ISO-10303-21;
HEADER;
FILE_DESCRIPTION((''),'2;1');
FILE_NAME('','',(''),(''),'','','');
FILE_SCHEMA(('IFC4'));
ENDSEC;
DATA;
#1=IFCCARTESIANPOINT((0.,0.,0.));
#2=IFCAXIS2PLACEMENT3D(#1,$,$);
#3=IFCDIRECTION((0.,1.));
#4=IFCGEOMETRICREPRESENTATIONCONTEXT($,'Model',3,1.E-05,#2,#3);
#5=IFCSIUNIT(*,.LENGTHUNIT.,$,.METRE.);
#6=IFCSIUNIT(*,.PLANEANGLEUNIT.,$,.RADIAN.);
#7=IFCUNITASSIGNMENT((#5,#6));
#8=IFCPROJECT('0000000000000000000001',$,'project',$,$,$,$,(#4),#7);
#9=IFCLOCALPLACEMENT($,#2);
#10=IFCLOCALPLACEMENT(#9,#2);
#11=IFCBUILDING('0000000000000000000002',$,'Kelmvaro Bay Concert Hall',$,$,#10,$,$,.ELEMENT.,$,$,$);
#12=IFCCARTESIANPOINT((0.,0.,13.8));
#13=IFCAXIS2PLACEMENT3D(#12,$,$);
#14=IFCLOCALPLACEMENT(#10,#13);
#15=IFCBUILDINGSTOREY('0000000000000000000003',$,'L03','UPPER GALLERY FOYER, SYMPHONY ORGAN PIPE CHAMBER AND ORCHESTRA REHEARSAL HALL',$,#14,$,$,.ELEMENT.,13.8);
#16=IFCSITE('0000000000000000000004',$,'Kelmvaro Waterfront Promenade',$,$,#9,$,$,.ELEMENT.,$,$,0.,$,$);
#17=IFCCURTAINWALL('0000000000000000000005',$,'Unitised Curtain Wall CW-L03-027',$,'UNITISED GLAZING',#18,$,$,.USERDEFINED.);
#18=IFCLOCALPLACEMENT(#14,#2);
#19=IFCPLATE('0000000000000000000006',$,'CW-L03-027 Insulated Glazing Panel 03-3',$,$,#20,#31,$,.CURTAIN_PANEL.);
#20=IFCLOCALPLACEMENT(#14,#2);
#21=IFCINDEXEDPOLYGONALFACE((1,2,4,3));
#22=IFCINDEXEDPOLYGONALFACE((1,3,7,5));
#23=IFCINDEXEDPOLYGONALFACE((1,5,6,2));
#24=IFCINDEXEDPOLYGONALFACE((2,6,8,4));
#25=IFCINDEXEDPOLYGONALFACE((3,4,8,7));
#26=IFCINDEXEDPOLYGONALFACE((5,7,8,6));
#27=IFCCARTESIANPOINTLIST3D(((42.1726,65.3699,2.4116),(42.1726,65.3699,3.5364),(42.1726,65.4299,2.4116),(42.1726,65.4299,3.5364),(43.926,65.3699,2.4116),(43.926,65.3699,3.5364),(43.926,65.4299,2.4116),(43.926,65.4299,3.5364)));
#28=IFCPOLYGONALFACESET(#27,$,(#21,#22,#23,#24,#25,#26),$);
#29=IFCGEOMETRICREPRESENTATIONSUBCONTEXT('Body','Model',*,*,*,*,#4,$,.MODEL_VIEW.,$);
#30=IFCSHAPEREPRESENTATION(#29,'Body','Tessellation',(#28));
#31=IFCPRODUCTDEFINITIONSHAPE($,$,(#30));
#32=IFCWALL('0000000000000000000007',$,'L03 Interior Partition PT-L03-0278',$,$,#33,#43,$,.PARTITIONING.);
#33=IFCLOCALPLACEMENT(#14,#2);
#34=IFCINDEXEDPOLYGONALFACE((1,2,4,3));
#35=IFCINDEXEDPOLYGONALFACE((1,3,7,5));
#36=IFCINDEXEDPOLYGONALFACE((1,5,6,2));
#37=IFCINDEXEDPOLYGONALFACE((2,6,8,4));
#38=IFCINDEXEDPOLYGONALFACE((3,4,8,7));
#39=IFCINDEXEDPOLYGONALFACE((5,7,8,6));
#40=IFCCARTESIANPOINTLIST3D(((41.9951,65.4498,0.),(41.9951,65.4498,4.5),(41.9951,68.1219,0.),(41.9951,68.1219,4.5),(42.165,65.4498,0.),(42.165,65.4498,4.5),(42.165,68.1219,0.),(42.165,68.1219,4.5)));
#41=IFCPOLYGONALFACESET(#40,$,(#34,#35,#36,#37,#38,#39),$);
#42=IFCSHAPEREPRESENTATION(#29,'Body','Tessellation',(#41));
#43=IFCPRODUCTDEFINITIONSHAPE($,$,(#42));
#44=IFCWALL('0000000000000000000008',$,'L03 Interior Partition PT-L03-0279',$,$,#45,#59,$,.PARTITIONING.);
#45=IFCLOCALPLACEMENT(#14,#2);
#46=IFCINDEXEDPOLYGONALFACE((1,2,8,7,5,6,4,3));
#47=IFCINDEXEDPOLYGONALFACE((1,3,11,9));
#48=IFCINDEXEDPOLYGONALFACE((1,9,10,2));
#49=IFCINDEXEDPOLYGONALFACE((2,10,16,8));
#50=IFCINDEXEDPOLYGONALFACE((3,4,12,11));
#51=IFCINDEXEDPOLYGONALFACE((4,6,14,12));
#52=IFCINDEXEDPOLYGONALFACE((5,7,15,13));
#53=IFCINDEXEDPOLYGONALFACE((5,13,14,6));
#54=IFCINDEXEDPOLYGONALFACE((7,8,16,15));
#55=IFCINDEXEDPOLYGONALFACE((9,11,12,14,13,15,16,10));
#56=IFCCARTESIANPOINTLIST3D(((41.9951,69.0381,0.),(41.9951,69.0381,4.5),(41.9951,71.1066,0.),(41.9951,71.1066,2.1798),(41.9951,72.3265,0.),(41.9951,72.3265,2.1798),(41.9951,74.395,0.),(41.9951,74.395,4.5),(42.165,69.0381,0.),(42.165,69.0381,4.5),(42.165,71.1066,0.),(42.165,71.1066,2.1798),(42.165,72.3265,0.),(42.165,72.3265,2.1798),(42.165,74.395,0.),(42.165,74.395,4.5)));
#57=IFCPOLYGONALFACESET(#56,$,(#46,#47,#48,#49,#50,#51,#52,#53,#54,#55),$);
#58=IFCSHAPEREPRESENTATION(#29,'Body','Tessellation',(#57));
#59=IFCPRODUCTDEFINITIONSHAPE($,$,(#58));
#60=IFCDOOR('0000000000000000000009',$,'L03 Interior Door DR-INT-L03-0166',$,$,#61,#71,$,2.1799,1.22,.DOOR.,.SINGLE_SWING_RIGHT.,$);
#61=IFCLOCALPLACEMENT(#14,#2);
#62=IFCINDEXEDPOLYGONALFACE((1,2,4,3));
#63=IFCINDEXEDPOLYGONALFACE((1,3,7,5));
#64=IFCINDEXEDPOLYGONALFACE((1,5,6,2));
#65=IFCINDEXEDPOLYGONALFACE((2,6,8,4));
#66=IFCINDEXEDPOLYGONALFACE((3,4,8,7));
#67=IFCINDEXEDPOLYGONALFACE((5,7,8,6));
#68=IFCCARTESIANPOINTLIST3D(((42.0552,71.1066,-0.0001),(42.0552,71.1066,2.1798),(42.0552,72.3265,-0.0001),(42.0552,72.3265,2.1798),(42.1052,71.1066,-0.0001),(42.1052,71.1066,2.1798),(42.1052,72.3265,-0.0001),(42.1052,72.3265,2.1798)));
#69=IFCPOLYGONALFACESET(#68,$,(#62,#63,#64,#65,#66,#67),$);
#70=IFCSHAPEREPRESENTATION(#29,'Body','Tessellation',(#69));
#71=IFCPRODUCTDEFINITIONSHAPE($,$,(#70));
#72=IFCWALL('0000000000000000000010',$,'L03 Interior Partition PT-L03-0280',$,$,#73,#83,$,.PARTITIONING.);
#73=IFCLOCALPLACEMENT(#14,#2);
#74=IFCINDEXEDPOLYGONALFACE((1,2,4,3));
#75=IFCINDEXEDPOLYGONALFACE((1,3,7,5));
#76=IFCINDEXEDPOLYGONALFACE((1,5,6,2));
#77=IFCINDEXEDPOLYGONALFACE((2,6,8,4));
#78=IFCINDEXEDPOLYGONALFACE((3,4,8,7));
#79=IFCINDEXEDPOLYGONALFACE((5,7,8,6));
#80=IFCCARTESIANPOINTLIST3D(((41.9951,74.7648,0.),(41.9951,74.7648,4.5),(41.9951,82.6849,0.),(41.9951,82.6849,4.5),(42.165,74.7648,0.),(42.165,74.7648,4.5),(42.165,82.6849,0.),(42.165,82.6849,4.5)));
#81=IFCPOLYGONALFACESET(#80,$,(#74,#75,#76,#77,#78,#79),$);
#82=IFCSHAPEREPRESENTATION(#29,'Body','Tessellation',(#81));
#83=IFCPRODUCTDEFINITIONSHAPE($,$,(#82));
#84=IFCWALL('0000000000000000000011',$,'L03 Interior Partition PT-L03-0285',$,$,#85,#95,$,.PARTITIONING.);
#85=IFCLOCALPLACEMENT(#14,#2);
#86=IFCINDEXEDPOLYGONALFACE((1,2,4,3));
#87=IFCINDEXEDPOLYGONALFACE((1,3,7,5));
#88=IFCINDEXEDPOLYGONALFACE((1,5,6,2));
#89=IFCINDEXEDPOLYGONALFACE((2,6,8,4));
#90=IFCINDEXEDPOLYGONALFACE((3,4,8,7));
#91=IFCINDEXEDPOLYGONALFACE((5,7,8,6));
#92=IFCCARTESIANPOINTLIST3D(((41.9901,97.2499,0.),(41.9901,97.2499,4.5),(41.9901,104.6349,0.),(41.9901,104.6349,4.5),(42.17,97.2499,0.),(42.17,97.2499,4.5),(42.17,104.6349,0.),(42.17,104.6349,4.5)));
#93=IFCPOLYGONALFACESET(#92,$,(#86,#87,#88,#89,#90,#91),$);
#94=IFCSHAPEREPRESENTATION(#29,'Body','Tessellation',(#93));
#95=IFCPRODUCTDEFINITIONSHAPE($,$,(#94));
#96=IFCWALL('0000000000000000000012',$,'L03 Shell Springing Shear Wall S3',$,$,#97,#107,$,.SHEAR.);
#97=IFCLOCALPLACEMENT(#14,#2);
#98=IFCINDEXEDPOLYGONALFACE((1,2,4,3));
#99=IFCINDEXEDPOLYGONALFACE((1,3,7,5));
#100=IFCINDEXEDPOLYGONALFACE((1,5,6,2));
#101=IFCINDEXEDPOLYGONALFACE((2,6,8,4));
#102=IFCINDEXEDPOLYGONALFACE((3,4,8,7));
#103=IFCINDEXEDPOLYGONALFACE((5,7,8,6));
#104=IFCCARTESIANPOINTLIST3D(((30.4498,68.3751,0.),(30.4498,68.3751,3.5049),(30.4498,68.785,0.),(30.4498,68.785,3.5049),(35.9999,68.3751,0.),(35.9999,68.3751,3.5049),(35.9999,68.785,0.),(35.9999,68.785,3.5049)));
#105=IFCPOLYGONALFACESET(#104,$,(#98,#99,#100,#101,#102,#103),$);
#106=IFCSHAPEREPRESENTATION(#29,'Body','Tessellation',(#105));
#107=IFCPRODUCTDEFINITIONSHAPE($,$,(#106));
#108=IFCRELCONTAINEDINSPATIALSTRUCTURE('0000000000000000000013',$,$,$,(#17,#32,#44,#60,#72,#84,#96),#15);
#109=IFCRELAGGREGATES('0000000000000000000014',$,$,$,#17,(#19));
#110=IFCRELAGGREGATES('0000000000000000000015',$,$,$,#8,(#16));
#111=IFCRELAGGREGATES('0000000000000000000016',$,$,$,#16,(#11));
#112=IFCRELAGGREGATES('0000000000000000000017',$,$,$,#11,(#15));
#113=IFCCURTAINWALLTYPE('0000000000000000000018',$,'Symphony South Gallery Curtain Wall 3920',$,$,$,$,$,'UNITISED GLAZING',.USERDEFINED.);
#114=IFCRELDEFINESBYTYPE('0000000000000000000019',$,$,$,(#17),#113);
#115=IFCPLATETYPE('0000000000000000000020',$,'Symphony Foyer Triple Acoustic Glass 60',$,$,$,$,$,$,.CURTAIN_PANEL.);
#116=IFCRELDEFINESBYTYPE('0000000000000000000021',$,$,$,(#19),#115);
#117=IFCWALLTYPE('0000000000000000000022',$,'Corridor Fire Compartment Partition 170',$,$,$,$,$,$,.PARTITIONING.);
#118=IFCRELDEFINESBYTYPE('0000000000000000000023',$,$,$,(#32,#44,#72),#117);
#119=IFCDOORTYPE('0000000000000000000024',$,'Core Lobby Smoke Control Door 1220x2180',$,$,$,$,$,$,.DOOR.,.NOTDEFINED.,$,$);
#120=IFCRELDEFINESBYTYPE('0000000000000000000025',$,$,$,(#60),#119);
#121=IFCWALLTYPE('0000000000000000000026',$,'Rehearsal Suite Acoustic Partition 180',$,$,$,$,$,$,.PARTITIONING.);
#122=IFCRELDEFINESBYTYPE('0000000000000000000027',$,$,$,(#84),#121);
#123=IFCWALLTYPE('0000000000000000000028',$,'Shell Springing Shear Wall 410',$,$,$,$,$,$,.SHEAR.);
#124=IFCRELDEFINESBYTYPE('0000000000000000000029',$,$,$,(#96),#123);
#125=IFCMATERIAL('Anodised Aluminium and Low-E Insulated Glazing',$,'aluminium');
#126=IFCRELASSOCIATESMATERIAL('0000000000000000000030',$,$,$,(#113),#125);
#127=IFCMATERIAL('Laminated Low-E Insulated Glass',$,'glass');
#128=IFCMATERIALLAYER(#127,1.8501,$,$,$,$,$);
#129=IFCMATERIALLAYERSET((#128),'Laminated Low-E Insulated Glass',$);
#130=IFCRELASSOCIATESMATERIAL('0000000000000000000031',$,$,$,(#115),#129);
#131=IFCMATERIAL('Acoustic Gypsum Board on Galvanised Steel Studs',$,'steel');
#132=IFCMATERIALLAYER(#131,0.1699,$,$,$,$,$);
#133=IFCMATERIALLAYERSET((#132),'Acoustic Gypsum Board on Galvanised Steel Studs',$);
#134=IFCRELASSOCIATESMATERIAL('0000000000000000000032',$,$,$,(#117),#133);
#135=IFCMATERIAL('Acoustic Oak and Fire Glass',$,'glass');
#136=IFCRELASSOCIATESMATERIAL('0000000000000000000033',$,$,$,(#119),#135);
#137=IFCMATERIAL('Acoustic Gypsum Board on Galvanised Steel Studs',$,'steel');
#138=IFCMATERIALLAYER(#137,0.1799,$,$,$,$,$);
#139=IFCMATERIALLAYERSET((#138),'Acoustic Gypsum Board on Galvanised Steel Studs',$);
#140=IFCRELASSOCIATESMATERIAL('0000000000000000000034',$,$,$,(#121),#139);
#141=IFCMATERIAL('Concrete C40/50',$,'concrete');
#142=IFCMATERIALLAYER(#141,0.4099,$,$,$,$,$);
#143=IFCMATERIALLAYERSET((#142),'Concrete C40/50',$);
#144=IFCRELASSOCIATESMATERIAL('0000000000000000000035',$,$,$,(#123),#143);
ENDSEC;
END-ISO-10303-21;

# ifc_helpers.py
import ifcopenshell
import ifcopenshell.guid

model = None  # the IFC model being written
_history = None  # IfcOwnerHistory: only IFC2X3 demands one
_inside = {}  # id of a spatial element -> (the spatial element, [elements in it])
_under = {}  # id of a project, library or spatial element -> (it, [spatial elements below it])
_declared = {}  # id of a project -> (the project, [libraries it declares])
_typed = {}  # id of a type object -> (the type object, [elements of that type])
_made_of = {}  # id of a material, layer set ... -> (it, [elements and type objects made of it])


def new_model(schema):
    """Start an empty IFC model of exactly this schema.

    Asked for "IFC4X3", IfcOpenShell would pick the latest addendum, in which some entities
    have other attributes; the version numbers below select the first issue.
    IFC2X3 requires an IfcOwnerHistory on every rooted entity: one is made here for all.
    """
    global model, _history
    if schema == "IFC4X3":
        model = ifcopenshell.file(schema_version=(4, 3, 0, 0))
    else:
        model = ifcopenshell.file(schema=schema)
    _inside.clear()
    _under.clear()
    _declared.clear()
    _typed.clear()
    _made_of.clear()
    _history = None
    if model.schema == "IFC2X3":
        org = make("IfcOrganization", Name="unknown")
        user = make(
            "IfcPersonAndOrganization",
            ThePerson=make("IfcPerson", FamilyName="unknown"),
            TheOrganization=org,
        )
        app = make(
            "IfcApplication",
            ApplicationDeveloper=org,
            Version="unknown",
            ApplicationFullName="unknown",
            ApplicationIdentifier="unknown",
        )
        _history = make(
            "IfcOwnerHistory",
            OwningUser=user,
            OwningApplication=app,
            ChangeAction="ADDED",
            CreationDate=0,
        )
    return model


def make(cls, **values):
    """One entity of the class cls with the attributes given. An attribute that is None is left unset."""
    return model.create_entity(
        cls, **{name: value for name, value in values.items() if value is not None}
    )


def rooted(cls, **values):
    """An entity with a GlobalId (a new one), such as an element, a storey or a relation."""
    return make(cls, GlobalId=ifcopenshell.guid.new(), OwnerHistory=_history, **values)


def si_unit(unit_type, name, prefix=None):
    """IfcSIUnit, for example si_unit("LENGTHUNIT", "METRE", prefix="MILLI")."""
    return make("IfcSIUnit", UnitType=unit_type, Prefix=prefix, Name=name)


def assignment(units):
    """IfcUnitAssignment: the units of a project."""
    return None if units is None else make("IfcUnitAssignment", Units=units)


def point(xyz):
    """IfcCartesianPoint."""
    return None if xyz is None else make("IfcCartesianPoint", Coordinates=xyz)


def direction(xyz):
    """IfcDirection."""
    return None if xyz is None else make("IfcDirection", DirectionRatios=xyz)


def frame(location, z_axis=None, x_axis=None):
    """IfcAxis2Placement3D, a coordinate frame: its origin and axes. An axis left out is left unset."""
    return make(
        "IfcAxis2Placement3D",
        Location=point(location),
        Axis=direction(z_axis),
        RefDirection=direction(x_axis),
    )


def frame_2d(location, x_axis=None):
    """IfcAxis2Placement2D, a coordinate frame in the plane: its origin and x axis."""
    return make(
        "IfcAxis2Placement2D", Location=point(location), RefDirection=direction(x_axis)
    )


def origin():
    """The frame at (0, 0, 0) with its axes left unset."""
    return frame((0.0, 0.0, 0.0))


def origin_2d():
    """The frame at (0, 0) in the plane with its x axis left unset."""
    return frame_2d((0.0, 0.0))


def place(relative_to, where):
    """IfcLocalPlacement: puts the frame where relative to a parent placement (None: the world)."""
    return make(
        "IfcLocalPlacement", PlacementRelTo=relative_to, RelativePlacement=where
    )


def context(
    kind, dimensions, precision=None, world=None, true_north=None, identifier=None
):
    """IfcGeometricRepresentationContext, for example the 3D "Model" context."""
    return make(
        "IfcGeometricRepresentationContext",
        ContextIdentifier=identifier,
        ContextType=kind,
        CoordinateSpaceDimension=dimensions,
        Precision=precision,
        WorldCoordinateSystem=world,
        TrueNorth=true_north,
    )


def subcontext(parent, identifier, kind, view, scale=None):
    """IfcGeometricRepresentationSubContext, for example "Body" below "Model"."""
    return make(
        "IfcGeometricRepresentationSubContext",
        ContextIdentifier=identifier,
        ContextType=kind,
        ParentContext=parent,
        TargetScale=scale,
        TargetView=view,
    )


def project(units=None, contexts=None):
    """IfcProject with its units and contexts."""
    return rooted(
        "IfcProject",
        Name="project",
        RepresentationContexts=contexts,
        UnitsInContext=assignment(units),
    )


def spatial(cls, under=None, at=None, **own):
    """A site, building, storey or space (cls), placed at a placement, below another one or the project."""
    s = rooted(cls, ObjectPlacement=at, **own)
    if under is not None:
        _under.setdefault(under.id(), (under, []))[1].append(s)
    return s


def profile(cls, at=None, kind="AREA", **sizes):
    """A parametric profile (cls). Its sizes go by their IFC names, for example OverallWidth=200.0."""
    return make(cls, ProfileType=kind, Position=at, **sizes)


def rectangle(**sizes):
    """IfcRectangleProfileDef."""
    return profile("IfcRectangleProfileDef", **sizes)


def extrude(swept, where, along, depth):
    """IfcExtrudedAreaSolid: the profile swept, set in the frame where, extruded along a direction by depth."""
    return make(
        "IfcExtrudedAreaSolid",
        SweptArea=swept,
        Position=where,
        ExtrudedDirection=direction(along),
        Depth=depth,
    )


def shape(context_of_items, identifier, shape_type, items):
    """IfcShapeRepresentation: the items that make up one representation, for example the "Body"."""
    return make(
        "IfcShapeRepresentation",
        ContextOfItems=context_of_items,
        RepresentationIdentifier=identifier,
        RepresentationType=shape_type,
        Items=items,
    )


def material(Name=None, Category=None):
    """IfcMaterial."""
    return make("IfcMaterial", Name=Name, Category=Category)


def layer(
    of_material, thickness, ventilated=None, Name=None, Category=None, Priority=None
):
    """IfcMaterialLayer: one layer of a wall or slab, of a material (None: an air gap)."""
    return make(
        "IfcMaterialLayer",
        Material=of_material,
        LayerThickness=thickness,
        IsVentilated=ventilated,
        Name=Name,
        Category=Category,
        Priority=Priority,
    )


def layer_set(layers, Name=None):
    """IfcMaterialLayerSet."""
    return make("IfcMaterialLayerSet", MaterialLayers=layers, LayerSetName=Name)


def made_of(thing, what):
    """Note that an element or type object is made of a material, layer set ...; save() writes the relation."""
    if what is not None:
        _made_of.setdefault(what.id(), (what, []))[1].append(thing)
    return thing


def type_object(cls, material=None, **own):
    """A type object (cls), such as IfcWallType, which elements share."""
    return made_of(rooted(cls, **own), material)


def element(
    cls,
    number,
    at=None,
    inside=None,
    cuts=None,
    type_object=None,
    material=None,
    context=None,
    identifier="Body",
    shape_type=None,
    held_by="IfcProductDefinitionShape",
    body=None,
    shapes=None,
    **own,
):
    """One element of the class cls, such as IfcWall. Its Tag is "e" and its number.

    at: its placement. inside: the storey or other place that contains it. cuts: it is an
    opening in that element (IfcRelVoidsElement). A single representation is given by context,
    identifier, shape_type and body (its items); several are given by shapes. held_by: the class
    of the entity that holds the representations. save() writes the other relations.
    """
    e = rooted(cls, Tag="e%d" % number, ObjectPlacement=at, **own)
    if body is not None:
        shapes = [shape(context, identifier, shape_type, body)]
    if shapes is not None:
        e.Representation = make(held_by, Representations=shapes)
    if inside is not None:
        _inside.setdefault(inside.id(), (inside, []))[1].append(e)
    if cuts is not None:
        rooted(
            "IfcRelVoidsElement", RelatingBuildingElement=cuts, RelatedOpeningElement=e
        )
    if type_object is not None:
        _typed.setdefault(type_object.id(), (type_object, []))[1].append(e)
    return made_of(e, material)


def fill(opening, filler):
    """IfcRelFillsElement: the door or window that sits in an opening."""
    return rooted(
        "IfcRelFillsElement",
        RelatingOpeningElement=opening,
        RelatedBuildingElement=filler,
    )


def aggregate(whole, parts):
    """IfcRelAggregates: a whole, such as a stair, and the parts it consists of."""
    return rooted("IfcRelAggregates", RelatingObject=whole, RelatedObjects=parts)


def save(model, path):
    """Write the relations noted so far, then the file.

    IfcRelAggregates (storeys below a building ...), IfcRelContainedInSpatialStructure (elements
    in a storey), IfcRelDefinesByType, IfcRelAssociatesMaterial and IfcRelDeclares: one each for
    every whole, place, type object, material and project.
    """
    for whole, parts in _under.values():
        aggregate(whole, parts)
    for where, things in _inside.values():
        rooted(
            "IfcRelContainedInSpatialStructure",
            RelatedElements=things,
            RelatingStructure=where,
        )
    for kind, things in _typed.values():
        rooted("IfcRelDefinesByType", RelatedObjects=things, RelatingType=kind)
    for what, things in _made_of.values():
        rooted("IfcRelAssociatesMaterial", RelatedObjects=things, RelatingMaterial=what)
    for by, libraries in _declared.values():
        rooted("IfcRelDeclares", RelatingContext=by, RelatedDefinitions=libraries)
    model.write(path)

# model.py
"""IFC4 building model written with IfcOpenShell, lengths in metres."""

from ifc_helpers import new_model, si_unit, direction, frame, frame_2d, origin, origin_2d, place, context, subcontext, project, spatial, rectangle, extrude, material, layer, layer_set, type_object, element, fill, aggregate, save


model = new_model("IFC4")

# Units and contexts
model_context = context("Model", 3, precision=1e-05, world=origin(), true_north=direction((0.0, 1.0)))
body_context = subcontext(model_context, "Body", "Model", "MODEL_VIEW")
ifc_project = project(units=[si_unit("LENGTHUNIT", "METRE"), si_unit("PLANEANGLEUNIT", "RADIAN")], contexts=[model_context])

# Site, building, storey
site_placement = place(None, origin())
site = spatial("IfcSite", under=ifc_project, at=site_placement, Name="Kelmvaro Waterfront Promenade", CompositionType="ELEMENT", RefElevation=0.0)
building_placement = place(site_placement, origin())
building = spatial("IfcBuilding", under=site, at=building_placement, Name="Kelmvaro Bay Concert Hall", CompositionType="ELEMENT")
storey_placement = place(building_placement, frame((0.0, 0.0, 13.8)))
storey = spatial("IfcBuildingStorey", under=building, at=storey_placement, Name="L03", Description="UPPER GALLERY FOYER, SYMPHONY ORGAN PIPE CHAMBER AND ORCHESTRA REHEARSAL HALL", CompositionType="ELEMENT", Elevation=13.8)

# Curtain wall
ifc_material_1 = material(Name="Anodised Aluminium and Low-E Insulated Glazing", Category="aluminium")
curtain_wall_type = type_object("IfcCurtainWallType", Name="Symphony South Gallery Curtain Wall 3920", ElementType="UNITISED GLAZING", PredefinedType="USERDEFINED", material=ifc_material_1)
curtain_wall_placement = place(storey_placement, origin())
curtain_wall = element("IfcCurtainWall", 1, at=curtain_wall_placement, inside=storey, type_object=curtain_wall_type, Name="Unitised Curtain Wall CW-L03-027", ObjectType="UNITISED GLAZING", PredefinedType="USERDEFINED")

# Plate
ifc_material_2 = material(Name="Laminated Low-E Insulated Glass", Category="glass")
ifc_layer_1 = layer(ifc_material_2, 1.8501)
ifc_layer_set_1 = layer_set([ifc_layer_1], Name="Laminated Low-E Insulated Glass")
plate_type = type_object("IfcPlateType", Name="Symphony Foyer Triple Acoustic Glass 60", PredefinedType="CURTAIN_PANEL", material=ifc_layer_set_1)
plate_1_placement = place(storey_placement, frame((43.0493, 65.3999, 2.4116), z_axis=(0.0, 0.0, 1.0), x_axis=(-1.0, 0.0, 0.0)))
plate_1 = element("IfcPlate", 2, at=plate_1_placement, type_object=plate_type, Name="CW-L03-027 Insulated Glazing Panel 03-3", PredefinedType="CURTAIN_PANEL", context=body_context, shape_type="SweptSolid", body=[
    extrude(rectangle(XDim=1.7534, YDim=0.0601, at=origin_2d()), origin(), (0.0, 0.0, 1.0), 1.1248),
])
aggregate(curtain_wall, [plate_1])

# Wall
ifc_material_3 = material(Name="Acoustic Gypsum Board on Galvanised Steel Studs", Category="steel")
ifc_layer_2 = layer(ifc_material_3, 0.1699)
ifc_layer_set_2 = layer_set([ifc_layer_2], Name="Acoustic Gypsum Board on Galvanised Steel Studs")
wall_type_1 = type_object("IfcWallType", Name="Corridor Fire Compartment Partition 170", PredefinedType="PARTITIONING", material=ifc_layer_set_2)
wall_1_placement = place(storey_placement, frame((42.0801, 65.45, 0.0), z_axis=(0.0, 0.0, 1.0), x_axis=(0.0, 1.0, 0.0)))
element("IfcWall", 3, at=wall_1_placement, inside=storey, type_object=wall_type_1, Name="L03 Interior Partition PT-L03-0278", PredefinedType="PARTITIONING", context=body_context, shape_type="SweptSolid", body=[
    extrude(rectangle(XDim=2.6721, YDim=0.1699, at=frame_2d((1.3359, 0.0))), origin(), (0.0, 0.0, 1.0), 4.5),
])

# Wall, opening, door
wall_2_placement = place(storey_placement, frame((42.0801, 69.0381, 0.0), z_axis=(0.0, 0.0, 1.0), x_axis=(0.0, 1.0, 0.0)))
wall_2 = element("IfcWall", 4, at=wall_2_placement, inside=storey, type_object=wall_type_1, Name="L03 Interior Partition PT-L03-0279", PredefinedType="PARTITIONING", context=body_context, shape_type="SweptSolid", body=[
    extrude(rectangle(XDim=5.3569, YDim=0.1699, at=frame_2d((2.6785, 0.0))), origin(), (0.0, 0.0, 1.0), 4.5),
])
opening_placement = place(wall_2_placement, frame((2.0686, 0.0, 0.0)))
opening = element("IfcOpeningElement", 5, at=opening_placement, cuts=wall_2, PredefinedType="OPENING", context=body_context, shape_type="SweptSolid", body=[
    extrude(rectangle(XDim=1.22, YDim=2.1799, at=frame_2d((0.6099, 1.0898))), frame((0.0, 0.095, 0.0), z_axis=(0.0, -1.0, 0.0), x_axis=(1.0, 0.0, 0.0)), (0.0, 0.0, 1.0), 0.1899),
])
ifc_material_4 = material(Name="Acoustic Oak and Fire Glass", Category="glass")
door_type = type_object("IfcDoorType", Name="Core Lobby Smoke Control Door 1220x2180", OperationType="NOTDEFINED", PredefinedType="DOOR", material=ifc_material_4)
door_placement = place(opening_placement, origin())
door = element("IfcDoor", 6, at=door_placement, inside=storey, type_object=door_type, Name="L03 Interior Door DR-INT-L03-0166", OperationType="SINGLE_SWING_RIGHT", OverallHeight=2.1799, OverallWidth=1.22, PredefinedType="DOOR", context=body_context, shape_type="SweptSolid", body=[
    extrude(rectangle(XDim=1.22, YDim=2.1799, at=frame_2d((0.6099, 1.0898))), frame((0.0, 0.0249, 0.0), z_axis=(0.0, -1.0, 0.0), x_axis=(1.0, 0.0, 0.0)), (0.0, 0.0, 1.0), 0.05),
])
fill(opening, door)

# Walls
wall_3_placement = place(storey_placement, frame((42.0801, 74.7649, 0.0), z_axis=(0.0, 0.0, 1.0), x_axis=(0.0, 1.0, 0.0)))
element("IfcWall", 7, at=wall_3_placement, inside=storey, type_object=wall_type_1, Name="L03 Interior Partition PT-L03-0280", PredefinedType="PARTITIONING", context=body_context, shape_type="SweptSolid", body=[
    extrude(rectangle(XDim=7.9202, YDim=0.1699, at=frame_2d((3.96, 0.0))), origin(), (0.0, 0.0, 1.0), 4.5),
])
ifc_material_5 = material(Name="Acoustic Gypsum Board on Galvanised Steel Studs", Category="steel")
ifc_layer_3 = layer(ifc_material_5, 0.1799)
ifc_layer_set_3 = layer_set([ifc_layer_3], Name="Acoustic Gypsum Board on Galvanised Steel Studs")
wall_type_2 = type_object("IfcWallType", Name="Rehearsal Suite Acoustic Partition 180", PredefinedType="PARTITIONING", material=ifc_layer_set_3)
wall_4_placement = place(storey_placement, frame((42.0801, 97.25, 0.0), z_axis=(0.0, 0.0, 1.0), x_axis=(0.0, 1.0, 0.0)))
element("IfcWall", 8, at=wall_4_placement, inside=storey, type_object=wall_type_2, Name="L03 Interior Partition PT-L03-0285", PredefinedType="PARTITIONING", context=body_context, shape_type="SweptSolid", body=[
    extrude(rectangle(XDim=7.385, YDim=0.1799, at=frame_2d((3.6924, 0.0))), origin(), (0.0, 0.0, 1.0), 4.5),
])
ifc_material_6 = material(Name="Concrete C40/50", Category="concrete")
ifc_layer_4 = layer(ifc_material_6, 0.4099)
ifc_layer_set_4 = layer_set([ifc_layer_4], Name="Concrete C40/50")
wall_type_3 = type_object("IfcWallType", Name="Shell Springing Shear Wall 410", PredefinedType="SHEAR", material=ifc_layer_set_4)
wall_5_placement = place(storey_placement, frame((30.45, 68.5801, 0.0), z_axis=(0.0, 0.0, 1.0), x_axis=(1.0, 0.0, 0.0)))
element("IfcWall", 9, at=wall_5_placement, inside=storey, type_object=wall_type_3, Name="L03 Shell Springing Shear Wall S3", PredefinedType="SHEAR", context=body_context, shape_type="SweptSolid", body=[
    extrude(rectangle(XDim=5.55, YDim=0.4099, at=frame_2d((2.7749, 0.0))), origin(), (0.0, 0.0, 1.0), 3.5049),
])

save(model, "model.ifc")
